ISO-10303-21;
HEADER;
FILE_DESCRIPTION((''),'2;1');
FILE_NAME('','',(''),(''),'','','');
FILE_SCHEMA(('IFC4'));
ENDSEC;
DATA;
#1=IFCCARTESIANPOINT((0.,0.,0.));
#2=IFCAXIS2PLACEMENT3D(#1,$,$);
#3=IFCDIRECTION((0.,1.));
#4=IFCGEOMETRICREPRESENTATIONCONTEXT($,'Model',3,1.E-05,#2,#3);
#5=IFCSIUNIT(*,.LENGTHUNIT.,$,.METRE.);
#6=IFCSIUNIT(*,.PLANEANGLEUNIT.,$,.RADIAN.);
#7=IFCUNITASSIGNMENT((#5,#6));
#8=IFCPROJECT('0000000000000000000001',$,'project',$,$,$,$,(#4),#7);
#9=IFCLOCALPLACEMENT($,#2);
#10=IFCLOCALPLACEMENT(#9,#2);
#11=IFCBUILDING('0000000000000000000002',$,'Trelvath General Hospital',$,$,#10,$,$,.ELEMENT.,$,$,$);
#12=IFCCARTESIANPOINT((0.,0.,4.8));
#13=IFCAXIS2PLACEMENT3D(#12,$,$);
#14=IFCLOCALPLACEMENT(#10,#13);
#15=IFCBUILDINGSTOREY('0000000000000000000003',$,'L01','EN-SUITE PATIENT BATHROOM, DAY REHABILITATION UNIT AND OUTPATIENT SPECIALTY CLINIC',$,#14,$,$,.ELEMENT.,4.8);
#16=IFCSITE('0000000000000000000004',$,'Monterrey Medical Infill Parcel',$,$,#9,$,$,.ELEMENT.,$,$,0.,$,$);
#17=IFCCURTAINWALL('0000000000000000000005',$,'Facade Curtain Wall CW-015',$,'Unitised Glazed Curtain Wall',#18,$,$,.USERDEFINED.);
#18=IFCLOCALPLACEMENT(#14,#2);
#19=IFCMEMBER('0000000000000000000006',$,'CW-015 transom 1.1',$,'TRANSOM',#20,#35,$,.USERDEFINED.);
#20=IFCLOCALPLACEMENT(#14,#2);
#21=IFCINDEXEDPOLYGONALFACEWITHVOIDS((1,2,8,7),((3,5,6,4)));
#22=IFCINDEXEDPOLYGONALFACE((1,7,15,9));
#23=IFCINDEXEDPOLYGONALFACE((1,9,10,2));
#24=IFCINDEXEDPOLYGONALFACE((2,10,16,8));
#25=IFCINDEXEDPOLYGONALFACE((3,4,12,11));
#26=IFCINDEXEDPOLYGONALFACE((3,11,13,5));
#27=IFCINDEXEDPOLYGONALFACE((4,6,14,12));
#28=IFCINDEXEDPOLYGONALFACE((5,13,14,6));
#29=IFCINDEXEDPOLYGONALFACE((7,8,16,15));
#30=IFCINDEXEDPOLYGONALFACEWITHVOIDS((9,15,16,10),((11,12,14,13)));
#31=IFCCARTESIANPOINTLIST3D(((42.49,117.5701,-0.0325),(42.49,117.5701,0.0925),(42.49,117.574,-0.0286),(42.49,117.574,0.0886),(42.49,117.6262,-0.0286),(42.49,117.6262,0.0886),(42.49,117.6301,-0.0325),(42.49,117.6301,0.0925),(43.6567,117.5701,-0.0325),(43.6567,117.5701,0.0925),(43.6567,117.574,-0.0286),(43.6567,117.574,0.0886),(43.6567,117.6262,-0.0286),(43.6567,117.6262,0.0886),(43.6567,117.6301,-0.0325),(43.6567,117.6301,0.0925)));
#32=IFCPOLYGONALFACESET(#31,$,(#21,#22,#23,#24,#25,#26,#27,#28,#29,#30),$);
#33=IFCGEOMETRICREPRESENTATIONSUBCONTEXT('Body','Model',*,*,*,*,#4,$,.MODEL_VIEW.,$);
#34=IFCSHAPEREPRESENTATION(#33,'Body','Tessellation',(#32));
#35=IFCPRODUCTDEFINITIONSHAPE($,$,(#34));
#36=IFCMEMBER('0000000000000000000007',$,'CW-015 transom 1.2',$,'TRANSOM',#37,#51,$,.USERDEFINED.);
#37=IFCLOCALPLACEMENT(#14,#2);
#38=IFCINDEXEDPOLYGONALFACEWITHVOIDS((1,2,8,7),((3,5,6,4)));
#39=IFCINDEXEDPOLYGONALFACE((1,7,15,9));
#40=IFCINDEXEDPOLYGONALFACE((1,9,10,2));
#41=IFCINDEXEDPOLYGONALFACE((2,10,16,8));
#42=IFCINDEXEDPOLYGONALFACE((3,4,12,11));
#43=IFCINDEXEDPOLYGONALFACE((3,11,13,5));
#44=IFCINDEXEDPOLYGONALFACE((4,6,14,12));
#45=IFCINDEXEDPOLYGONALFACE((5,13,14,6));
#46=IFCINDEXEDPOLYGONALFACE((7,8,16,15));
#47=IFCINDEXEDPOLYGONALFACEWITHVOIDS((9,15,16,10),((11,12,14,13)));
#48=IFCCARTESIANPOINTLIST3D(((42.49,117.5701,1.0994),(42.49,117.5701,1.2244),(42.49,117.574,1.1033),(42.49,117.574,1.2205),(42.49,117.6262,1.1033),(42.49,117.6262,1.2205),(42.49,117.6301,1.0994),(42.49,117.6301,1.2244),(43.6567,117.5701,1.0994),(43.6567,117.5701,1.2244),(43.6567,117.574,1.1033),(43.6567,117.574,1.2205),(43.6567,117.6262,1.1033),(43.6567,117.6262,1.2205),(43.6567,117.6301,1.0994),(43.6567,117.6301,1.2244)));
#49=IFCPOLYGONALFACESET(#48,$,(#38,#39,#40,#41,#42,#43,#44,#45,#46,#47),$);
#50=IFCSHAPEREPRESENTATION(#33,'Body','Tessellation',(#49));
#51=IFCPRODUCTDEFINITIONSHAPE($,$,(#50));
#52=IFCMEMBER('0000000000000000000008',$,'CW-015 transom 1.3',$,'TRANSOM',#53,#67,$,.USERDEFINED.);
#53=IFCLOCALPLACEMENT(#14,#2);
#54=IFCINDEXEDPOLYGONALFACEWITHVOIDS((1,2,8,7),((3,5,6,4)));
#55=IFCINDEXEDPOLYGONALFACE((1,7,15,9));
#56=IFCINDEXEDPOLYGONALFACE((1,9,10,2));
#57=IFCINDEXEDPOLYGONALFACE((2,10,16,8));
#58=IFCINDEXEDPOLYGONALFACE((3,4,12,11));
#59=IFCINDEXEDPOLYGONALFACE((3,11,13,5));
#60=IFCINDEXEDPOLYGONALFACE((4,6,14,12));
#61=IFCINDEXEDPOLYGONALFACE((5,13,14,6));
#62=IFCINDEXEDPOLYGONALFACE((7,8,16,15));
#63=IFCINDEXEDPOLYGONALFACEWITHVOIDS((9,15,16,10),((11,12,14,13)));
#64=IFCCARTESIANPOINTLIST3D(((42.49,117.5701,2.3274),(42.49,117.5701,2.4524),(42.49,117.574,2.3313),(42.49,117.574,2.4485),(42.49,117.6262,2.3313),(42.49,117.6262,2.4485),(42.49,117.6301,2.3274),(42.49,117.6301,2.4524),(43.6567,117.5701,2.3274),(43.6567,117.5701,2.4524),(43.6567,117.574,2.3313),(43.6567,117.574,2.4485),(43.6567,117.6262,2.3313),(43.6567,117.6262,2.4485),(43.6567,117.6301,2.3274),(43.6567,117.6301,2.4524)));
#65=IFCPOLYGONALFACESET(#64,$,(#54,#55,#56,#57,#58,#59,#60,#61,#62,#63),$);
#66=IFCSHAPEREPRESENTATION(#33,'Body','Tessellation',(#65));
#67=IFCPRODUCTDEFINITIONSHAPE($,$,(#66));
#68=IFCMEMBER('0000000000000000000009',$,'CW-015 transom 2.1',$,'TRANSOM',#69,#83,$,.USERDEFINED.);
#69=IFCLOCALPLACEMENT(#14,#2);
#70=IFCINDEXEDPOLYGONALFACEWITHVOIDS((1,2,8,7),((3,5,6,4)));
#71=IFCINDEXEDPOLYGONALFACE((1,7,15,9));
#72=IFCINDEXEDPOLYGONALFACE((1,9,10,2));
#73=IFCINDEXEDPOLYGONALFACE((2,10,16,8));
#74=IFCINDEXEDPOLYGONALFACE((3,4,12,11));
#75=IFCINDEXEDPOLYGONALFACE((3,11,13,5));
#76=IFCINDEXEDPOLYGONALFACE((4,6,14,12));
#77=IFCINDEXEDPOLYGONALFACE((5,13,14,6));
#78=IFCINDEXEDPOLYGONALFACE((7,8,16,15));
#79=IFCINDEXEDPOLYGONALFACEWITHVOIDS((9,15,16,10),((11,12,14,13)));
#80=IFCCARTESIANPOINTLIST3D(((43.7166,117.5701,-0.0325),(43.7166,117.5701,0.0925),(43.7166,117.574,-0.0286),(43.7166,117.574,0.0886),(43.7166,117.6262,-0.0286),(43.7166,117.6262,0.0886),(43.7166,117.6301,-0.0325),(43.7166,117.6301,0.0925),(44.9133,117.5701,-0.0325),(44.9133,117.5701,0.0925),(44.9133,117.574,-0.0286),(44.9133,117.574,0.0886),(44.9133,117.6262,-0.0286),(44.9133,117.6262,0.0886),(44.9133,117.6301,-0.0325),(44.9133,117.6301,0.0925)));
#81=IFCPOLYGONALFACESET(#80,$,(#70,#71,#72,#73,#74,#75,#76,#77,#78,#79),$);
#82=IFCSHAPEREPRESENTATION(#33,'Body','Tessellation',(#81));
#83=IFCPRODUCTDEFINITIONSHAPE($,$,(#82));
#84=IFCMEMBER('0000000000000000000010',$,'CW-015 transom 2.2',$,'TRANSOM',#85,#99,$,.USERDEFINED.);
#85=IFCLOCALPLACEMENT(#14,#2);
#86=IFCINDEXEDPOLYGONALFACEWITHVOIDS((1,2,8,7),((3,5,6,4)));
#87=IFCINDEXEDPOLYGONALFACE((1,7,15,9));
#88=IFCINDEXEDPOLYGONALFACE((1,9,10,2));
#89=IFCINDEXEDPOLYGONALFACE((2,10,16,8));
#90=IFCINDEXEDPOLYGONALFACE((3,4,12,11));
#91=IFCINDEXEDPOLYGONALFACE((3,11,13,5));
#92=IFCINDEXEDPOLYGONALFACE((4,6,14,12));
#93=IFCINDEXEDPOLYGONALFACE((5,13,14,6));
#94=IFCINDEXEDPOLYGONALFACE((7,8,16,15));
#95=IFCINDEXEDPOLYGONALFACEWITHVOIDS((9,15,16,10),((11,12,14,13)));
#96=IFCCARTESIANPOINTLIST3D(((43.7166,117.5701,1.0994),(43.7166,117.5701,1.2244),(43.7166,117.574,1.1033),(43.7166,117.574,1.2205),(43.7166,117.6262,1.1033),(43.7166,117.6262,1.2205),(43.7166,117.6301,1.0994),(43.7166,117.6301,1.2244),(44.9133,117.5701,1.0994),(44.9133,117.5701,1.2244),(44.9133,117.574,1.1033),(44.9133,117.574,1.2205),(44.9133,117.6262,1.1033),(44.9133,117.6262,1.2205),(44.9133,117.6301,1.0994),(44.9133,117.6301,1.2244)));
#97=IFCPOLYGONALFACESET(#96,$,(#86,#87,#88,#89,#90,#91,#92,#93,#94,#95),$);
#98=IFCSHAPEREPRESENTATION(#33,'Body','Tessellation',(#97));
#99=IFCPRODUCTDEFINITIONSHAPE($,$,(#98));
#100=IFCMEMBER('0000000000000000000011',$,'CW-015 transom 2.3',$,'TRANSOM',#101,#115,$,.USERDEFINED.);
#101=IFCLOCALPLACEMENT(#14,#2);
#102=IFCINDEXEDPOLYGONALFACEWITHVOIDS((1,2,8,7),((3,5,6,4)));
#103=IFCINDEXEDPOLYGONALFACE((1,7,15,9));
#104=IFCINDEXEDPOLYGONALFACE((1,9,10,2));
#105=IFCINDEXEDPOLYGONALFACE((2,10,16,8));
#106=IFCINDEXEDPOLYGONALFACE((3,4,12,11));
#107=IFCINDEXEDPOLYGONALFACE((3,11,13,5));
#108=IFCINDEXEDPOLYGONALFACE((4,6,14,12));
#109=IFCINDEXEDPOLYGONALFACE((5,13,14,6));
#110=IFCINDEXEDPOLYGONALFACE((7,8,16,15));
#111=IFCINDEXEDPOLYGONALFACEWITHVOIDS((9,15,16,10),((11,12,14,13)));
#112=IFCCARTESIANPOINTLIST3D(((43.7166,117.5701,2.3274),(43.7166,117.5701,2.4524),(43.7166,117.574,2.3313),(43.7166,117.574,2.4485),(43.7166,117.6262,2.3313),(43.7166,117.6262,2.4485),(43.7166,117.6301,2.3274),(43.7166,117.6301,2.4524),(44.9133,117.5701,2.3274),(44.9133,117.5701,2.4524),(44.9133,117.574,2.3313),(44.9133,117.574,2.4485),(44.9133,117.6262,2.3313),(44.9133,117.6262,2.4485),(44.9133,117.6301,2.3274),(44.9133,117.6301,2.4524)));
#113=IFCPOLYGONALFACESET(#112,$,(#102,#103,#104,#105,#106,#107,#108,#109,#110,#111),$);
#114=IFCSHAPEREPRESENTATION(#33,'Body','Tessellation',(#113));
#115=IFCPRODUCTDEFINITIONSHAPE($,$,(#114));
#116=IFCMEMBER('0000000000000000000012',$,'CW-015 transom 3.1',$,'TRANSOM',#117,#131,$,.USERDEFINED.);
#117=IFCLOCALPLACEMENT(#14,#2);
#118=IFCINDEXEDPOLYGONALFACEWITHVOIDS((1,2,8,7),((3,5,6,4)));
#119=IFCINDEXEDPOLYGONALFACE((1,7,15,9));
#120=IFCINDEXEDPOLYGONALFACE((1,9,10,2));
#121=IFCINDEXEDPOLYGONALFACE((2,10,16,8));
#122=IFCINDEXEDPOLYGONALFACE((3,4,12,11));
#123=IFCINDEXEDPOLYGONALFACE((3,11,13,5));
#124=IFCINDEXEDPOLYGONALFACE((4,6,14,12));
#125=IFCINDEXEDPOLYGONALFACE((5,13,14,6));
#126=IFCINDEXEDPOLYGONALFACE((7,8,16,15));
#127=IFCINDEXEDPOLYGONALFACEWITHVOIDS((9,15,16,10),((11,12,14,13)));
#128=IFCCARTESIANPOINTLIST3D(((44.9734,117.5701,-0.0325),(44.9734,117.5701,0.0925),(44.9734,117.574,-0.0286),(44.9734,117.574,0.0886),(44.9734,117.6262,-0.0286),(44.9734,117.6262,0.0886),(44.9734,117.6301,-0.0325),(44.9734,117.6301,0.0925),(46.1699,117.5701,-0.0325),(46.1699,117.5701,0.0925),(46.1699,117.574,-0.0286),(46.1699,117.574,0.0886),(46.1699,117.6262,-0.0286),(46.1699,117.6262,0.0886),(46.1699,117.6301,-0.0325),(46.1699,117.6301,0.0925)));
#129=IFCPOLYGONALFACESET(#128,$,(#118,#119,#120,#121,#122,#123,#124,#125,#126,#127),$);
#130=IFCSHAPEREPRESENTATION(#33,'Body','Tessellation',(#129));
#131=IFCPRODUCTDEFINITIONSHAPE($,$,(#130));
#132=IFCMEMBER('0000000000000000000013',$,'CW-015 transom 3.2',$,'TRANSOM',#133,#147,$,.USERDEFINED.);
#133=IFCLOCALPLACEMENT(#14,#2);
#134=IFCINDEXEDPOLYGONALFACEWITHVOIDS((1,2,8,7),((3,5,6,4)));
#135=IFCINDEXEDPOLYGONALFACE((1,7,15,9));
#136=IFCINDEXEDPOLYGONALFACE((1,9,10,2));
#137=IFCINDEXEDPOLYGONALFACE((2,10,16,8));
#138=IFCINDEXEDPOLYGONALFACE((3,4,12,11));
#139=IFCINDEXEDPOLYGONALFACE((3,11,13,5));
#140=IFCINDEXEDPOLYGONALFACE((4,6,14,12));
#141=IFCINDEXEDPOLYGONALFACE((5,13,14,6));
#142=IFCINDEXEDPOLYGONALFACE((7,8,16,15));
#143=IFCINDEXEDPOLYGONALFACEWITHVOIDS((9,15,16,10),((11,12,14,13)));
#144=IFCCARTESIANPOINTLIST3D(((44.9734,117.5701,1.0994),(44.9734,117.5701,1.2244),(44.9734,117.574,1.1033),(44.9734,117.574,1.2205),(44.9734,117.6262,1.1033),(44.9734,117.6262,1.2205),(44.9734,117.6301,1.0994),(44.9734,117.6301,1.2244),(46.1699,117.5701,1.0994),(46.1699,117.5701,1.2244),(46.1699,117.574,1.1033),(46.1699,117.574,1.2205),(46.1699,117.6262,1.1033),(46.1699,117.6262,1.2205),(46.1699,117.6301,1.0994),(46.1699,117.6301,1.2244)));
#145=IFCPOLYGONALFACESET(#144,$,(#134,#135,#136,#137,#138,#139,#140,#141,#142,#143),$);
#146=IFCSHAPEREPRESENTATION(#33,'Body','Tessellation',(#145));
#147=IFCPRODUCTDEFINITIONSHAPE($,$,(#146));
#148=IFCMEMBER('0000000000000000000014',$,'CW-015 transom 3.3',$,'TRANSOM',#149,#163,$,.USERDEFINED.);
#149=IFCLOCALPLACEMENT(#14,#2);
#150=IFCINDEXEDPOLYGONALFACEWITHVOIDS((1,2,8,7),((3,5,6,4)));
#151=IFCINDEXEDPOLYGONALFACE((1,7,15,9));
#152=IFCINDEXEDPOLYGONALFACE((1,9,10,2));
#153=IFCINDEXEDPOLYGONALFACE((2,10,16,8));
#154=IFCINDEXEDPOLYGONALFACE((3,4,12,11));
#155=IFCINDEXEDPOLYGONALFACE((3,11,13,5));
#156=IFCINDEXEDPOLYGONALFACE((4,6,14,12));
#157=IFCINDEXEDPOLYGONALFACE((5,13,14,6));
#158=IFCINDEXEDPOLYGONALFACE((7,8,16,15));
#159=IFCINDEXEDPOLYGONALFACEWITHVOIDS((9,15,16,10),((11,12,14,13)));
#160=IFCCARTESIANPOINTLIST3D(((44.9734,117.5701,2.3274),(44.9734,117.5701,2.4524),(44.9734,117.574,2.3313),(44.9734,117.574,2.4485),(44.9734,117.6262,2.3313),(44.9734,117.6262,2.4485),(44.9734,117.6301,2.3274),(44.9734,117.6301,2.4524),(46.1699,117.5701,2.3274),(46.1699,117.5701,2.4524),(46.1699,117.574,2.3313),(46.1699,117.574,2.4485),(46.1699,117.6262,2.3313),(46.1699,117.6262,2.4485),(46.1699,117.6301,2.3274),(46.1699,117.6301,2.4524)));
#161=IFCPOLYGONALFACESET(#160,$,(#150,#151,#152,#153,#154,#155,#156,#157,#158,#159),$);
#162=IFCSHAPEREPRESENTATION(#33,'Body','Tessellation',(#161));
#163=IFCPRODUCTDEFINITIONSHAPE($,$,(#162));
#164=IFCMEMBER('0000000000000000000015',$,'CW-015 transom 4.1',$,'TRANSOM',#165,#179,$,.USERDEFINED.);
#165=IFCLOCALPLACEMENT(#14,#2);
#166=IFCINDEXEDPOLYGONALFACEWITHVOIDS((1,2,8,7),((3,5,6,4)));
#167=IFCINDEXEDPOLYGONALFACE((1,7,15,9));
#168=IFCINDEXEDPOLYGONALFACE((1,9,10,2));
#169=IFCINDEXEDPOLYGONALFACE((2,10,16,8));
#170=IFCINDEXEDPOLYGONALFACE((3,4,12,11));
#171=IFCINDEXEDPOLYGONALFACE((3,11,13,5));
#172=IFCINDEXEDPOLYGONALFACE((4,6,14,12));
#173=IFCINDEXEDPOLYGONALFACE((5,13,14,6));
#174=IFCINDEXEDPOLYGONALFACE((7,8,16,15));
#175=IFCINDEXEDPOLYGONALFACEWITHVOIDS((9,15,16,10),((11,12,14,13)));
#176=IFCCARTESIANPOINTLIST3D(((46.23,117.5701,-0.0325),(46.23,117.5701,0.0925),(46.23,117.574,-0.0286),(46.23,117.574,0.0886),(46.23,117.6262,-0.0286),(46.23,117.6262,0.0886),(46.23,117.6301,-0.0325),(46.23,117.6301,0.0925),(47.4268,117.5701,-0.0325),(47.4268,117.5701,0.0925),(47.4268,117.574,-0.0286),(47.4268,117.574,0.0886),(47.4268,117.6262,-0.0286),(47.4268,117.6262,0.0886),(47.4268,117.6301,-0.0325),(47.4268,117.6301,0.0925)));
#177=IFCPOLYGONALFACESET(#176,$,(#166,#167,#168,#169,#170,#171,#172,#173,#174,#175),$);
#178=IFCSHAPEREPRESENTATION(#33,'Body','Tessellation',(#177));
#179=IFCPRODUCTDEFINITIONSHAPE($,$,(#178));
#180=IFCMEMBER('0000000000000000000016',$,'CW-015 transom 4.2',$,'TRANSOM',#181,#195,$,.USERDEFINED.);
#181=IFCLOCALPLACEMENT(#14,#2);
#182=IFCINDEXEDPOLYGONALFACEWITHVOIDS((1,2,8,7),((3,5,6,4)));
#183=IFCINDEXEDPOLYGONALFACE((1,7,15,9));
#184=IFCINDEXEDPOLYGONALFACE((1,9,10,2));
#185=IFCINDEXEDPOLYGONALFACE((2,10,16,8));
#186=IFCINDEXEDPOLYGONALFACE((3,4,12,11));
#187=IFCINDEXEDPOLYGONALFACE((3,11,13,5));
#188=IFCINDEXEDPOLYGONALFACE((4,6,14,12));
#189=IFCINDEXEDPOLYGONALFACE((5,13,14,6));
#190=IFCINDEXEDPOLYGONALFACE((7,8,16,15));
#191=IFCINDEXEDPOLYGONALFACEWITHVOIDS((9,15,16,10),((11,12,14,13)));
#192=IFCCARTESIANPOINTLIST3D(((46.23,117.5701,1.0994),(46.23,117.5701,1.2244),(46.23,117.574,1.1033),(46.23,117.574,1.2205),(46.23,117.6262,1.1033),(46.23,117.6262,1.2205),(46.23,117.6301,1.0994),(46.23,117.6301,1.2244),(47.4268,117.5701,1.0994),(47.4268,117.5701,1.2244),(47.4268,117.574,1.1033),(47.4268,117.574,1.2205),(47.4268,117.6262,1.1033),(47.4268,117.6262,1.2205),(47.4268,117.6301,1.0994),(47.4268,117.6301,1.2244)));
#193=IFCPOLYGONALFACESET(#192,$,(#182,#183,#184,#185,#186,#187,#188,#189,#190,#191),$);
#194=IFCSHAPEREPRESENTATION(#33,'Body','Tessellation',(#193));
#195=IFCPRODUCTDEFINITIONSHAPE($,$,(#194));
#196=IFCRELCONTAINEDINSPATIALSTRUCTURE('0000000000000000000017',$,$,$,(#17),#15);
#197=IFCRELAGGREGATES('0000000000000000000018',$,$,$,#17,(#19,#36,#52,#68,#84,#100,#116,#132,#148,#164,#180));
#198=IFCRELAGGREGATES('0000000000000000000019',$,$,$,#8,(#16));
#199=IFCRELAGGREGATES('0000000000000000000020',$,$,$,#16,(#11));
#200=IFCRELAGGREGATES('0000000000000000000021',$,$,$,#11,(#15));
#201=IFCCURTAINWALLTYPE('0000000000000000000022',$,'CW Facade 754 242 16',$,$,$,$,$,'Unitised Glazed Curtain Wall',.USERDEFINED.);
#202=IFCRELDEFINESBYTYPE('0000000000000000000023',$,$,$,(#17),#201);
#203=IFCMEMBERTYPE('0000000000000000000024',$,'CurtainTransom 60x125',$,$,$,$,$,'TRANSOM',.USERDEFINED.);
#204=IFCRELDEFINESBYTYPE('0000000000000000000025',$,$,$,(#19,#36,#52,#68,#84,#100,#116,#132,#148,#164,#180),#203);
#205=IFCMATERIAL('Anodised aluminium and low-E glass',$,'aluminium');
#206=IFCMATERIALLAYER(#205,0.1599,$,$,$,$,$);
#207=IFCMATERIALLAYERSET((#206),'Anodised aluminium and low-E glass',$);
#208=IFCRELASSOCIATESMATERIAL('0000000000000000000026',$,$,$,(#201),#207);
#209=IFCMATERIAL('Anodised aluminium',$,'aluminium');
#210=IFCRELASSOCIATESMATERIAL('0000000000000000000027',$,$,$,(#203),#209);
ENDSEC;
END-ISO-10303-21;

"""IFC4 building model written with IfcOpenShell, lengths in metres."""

from ifc_helpers import new_model, si_unit, direction, frame, origin, origin_2d, place, context, subcontext, project, spatial, hollow_rectangle, extrude, material, layer, layer_set, material_profile, profile_set, type_object, element, aggregate, save


model = new_model("IFC4")

# Units and contexts
model_context = context("Model", 3, precision=1e-05, world=origin(), true_north=direction((0.0, 1.0)))
body_context = subcontext(model_context, "Body", "Model", "MODEL_VIEW")
ifc_project = project(units=[si_unit("LENGTHUNIT", "METRE"), si_unit("PLANEANGLEUNIT", "RADIAN")], contexts=[model_context])

# Site, building, storey
site_placement = place(None, origin())
site = spatial("IfcSite", under=ifc_project, at=site_placement, Name="Monterrey Medical Infill Parcel", CompositionType="ELEMENT", RefElevation=0.0)
building_placement = place(site_placement, origin())
building = spatial("IfcBuilding", under=site, at=building_placement, Name="Trelvath General Hospital", CompositionType="ELEMENT")
storey_placement = place(building_placement, frame((0.0, 0.0, 4.8)))
storey = spatial("IfcBuildingStorey", under=building, at=storey_placement, Name="L01", Description="EN-SUITE PATIENT BATHROOM, DAY REHABILITATION UNIT AND OUTPATIENT SPECIALTY CLINIC", CompositionType="ELEMENT", Elevation=4.8)

# Curtain wall, members
ifc_material_1 = material(Name="Anodised aluminium and low-E glass", Category="aluminium")
ifc_layer_1 = layer(ifc_material_1, 0.1599)
ifc_layer_set_1 = layer_set([ifc_layer_1], Name="Anodised aluminium and low-E glass")
curtain_wall_type = type_object("IfcCurtainWallType", Name="CW Facade 754 242 16", ElementType="Unitised Glazed Curtain Wall", PredefinedType="USERDEFINED", material=ifc_layer_set_1)
curtain_wall_placement = place(storey_placement, origin())
curtain_wall = element("IfcCurtainWall", 1, at=curtain_wall_placement, inside=storey, type_object=curtain_wall_type, Name="Facade Curtain Wall CW-015", ObjectType="Unitised Glazed Curtain Wall", PredefinedType="USERDEFINED")
ifc_material_2 = material(Name="Anodised aluminium", Category="aluminium")
ifc_material_profile_1 = material_profile(ifc_material_2, hollow_rectangle(XDim=0.0601, YDim=0.125, WallThickness=0.0039, at=origin_2d()), Name="RHS60x125x4")
ifc_profile_set_1 = profile_set([ifc_material_profile_1], Name="Anodised aluminium")
member_type_1 = type_object("IfcMemberType", Name="CurtainTransom 60x125", ElementType="TRANSOM", PredefinedType="USERDEFINED", material=ifc_profile_set_1)
member_1_placement = place(storey_placement, frame((42.49, 117.6001, 0.03), z_axis=(1.0, 0.0, 0.0), x_axis=(0.0, 1.0, 0.0)))
member_1 = element("IfcMember", 2, at=member_1_placement, type_object=member_type_1, Name="CW-015 transom 1.1", ObjectType="TRANSOM", PredefinedType="USERDEFINED", context=body_context, shape_type="SweptSolid", body=[
    extrude(hollow_rectangle(XDim=0.0601, YDim=0.125, WallThickness=0.0039, at=origin_2d()), origin(), (0.0, 0.0, 1.0), 1.1667),
])
member_2_placement = place(storey_placement, frame((42.49, 117.6001, 1.1619), z_axis=(1.0, 0.0, 0.0), x_axis=(0.0, 1.0, 0.0)))
member_2 = element("IfcMember", 3, at=member_2_placement, type_object=member_type_1, Name="CW-015 transom 1.2", ObjectType="TRANSOM", PredefinedType="USERDEFINED", context=body_context, shape_type="SweptSolid", body=[
    extrude(hollow_rectangle(XDim=0.0601, YDim=0.125, WallThickness=0.0039, at=origin_2d()), origin(), (0.0, 0.0, 1.0), 1.1667),
])
member_3_placement = place(storey_placement, frame((42.49, 117.6001, 2.3899), z_axis=(1.0, 0.0, 0.0), x_axis=(0.0, 1.0, 0.0)))
member_3 = element("IfcMember", 4, at=member_3_placement, type_object=member_type_1, Name="CW-015 transom 1.3", ObjectType="TRANSOM", PredefinedType="USERDEFINED", context=body_context, shape_type="SweptSolid", body=[
    extrude(hollow_rectangle(XDim=0.0601, YDim=0.125, WallThickness=0.0039, at=origin_2d()), origin(), (0.0, 0.0, 1.0), 1.1667),
])
member_4_placement = place(storey_placement, frame((43.7166, 117.6001, 0.03), z_axis=(1.0, 0.0, 0.0), x_axis=(0.0, 1.0, 0.0)))
member_4 = element("IfcMember", 5, at=member_4_placement, type_object=member_type_1, Name="CW-015 transom 2.1", ObjectType="TRANSOM", PredefinedType="USERDEFINED", context=body_context, shape_type="SweptSolid", body=[
    extrude(hollow_rectangle(XDim=0.0601, YDim=0.125, WallThickness=0.0039, at=origin_2d()), origin(), (0.0, 0.0, 1.0), 1.1968),
])
member_5_placement = place(storey_placement, frame((43.7166, 117.6001, 1.1619), z_axis=(1.0, 0.0, 0.0), x_axis=(0.0, 1.0, 0.0)))
member_5 = element("IfcMember", 6, at=member_5_placement, type_object=member_type_1, Name="CW-015 transom 2.2", ObjectType="TRANSOM", PredefinedType="USERDEFINED", context=body_context, shape_type="SweptSolid", body=[
    extrude(hollow_rectangle(XDim=0.0601, YDim=0.125, WallThickness=0.0039, at=origin_2d()), origin(), (0.0, 0.0, 1.0), 1.1968),
])
member_6_placement = place(storey_placement, frame((43.7166, 117.6001, 2.3899), z_axis=(1.0, 0.0, 0.0), x_axis=(0.0, 1.0, 0.0)))
member_6 = element("IfcMember", 7, at=member_6_placement, type_object=member_type_1, Name="CW-015 transom 2.3", ObjectType="TRANSOM", PredefinedType="USERDEFINED", context=body_context, shape_type="SweptSolid", body=[
    extrude(hollow_rectangle(XDim=0.0601, YDim=0.125, WallThickness=0.0039, at=origin_2d()), origin(), (0.0, 0.0, 1.0), 1.1968),
])
member_7_placement = place(storey_placement, frame((44.9734, 117.6001, 0.03), z_axis=(1.0, 0.0, 0.0), x_axis=(0.0, 1.0, 0.0)))
member_7 = element("IfcMember", 8, at=member_7_placement, type_object=member_type_1, Name="CW-015 transom 3.1", ObjectType="TRANSOM", PredefinedType="USERDEFINED", context=body_context, shape_type="SweptSolid", body=[
    extrude(hollow_rectangle(XDim=0.0601, YDim=0.125, WallThickness=0.0039, at=origin_2d()), origin(), (0.0, 0.0, 1.0), 1.1965),
])
member_8_placement = place(storey_placement, frame((44.9734, 117.6001, 1.1619), z_axis=(1.0, 0.0, 0.0), x_axis=(0.0, 1.0, 0.0)))
member_8 = element("IfcMember", 9, at=member_8_placement, type_object=member_type_1, Name="CW-015 transom 3.2", ObjectType="TRANSOM", PredefinedType="USERDEFINED", context=body_context, shape_type="SweptSolid", body=[
    extrude(hollow_rectangle(XDim=0.0601, YDim=0.125, WallThickness=0.0039, at=origin_2d()), origin(), (0.0, 0.0, 1.0), 1.1965),
])
member_9_placement = place(storey_placement, frame((44.9734, 117.6001, 2.3899), z_axis=(1.0, 0.0, 0.0), x_axis=(0.0, 1.0, 0.0)))
member_9 = element("IfcMember", 10, at=member_9_placement, type_object=member_type_1, Name="CW-015 transom 3.3", ObjectType="TRANSOM", PredefinedType="USERDEFINED", context=body_context, shape_type="SweptSolid", body=[
    extrude(hollow_rectangle(XDim=0.0601, YDim=0.125, WallThickness=0.0039, at=origin_2d()), origin(), (0.0, 0.0, 1.0), 1.1965),
])
member_10_placement = place(storey_placement, frame((46.23, 117.6001, 0.03), z_axis=(1.0, 0.0, 0.0), x_axis=(0.0, 1.0, 0.0)))
member_10 = element("IfcMember", 11, at=member_10_placement, type_object=member_type_1, Name="CW-015 transom 4.1", ObjectType="TRANSOM", PredefinedType="USERDEFINED", context=body_context, shape_type="SweptSolid", body=[
    extrude(hollow_rectangle(XDim=0.0601, YDim=0.125, WallThickness=0.0039, at=origin_2d()), origin(), (0.0, 0.0, 1.0), 1.1968),
])
member_11_placement = place(storey_placement, frame((46.23, 117.6001, 1.1619), z_axis=(1.0, 0.0, 0.0), x_axis=(0.0, 1.0, 0.0)))
member_11 = element("IfcMember", 12, at=member_11_placement, type_object=member_type_1, Name="CW-015 transom 4.2", ObjectType="TRANSOM", PredefinedType="USERDEFINED", context=body_context, shape_type="SweptSolid", body=[
    extrude(hollow_rectangle(XDim=0.0601, YDim=0.125, WallThickness=0.0039, at=origin_2d()), origin(), (0.0, 0.0, 1.0), 1.1968),
])
aggregate(curtain_wall, [member_1, member_2, member_3, member_4, member_5, member_6, member_7, member_8, member_9, member_10, member_11])

save(model, "model.ifc")
